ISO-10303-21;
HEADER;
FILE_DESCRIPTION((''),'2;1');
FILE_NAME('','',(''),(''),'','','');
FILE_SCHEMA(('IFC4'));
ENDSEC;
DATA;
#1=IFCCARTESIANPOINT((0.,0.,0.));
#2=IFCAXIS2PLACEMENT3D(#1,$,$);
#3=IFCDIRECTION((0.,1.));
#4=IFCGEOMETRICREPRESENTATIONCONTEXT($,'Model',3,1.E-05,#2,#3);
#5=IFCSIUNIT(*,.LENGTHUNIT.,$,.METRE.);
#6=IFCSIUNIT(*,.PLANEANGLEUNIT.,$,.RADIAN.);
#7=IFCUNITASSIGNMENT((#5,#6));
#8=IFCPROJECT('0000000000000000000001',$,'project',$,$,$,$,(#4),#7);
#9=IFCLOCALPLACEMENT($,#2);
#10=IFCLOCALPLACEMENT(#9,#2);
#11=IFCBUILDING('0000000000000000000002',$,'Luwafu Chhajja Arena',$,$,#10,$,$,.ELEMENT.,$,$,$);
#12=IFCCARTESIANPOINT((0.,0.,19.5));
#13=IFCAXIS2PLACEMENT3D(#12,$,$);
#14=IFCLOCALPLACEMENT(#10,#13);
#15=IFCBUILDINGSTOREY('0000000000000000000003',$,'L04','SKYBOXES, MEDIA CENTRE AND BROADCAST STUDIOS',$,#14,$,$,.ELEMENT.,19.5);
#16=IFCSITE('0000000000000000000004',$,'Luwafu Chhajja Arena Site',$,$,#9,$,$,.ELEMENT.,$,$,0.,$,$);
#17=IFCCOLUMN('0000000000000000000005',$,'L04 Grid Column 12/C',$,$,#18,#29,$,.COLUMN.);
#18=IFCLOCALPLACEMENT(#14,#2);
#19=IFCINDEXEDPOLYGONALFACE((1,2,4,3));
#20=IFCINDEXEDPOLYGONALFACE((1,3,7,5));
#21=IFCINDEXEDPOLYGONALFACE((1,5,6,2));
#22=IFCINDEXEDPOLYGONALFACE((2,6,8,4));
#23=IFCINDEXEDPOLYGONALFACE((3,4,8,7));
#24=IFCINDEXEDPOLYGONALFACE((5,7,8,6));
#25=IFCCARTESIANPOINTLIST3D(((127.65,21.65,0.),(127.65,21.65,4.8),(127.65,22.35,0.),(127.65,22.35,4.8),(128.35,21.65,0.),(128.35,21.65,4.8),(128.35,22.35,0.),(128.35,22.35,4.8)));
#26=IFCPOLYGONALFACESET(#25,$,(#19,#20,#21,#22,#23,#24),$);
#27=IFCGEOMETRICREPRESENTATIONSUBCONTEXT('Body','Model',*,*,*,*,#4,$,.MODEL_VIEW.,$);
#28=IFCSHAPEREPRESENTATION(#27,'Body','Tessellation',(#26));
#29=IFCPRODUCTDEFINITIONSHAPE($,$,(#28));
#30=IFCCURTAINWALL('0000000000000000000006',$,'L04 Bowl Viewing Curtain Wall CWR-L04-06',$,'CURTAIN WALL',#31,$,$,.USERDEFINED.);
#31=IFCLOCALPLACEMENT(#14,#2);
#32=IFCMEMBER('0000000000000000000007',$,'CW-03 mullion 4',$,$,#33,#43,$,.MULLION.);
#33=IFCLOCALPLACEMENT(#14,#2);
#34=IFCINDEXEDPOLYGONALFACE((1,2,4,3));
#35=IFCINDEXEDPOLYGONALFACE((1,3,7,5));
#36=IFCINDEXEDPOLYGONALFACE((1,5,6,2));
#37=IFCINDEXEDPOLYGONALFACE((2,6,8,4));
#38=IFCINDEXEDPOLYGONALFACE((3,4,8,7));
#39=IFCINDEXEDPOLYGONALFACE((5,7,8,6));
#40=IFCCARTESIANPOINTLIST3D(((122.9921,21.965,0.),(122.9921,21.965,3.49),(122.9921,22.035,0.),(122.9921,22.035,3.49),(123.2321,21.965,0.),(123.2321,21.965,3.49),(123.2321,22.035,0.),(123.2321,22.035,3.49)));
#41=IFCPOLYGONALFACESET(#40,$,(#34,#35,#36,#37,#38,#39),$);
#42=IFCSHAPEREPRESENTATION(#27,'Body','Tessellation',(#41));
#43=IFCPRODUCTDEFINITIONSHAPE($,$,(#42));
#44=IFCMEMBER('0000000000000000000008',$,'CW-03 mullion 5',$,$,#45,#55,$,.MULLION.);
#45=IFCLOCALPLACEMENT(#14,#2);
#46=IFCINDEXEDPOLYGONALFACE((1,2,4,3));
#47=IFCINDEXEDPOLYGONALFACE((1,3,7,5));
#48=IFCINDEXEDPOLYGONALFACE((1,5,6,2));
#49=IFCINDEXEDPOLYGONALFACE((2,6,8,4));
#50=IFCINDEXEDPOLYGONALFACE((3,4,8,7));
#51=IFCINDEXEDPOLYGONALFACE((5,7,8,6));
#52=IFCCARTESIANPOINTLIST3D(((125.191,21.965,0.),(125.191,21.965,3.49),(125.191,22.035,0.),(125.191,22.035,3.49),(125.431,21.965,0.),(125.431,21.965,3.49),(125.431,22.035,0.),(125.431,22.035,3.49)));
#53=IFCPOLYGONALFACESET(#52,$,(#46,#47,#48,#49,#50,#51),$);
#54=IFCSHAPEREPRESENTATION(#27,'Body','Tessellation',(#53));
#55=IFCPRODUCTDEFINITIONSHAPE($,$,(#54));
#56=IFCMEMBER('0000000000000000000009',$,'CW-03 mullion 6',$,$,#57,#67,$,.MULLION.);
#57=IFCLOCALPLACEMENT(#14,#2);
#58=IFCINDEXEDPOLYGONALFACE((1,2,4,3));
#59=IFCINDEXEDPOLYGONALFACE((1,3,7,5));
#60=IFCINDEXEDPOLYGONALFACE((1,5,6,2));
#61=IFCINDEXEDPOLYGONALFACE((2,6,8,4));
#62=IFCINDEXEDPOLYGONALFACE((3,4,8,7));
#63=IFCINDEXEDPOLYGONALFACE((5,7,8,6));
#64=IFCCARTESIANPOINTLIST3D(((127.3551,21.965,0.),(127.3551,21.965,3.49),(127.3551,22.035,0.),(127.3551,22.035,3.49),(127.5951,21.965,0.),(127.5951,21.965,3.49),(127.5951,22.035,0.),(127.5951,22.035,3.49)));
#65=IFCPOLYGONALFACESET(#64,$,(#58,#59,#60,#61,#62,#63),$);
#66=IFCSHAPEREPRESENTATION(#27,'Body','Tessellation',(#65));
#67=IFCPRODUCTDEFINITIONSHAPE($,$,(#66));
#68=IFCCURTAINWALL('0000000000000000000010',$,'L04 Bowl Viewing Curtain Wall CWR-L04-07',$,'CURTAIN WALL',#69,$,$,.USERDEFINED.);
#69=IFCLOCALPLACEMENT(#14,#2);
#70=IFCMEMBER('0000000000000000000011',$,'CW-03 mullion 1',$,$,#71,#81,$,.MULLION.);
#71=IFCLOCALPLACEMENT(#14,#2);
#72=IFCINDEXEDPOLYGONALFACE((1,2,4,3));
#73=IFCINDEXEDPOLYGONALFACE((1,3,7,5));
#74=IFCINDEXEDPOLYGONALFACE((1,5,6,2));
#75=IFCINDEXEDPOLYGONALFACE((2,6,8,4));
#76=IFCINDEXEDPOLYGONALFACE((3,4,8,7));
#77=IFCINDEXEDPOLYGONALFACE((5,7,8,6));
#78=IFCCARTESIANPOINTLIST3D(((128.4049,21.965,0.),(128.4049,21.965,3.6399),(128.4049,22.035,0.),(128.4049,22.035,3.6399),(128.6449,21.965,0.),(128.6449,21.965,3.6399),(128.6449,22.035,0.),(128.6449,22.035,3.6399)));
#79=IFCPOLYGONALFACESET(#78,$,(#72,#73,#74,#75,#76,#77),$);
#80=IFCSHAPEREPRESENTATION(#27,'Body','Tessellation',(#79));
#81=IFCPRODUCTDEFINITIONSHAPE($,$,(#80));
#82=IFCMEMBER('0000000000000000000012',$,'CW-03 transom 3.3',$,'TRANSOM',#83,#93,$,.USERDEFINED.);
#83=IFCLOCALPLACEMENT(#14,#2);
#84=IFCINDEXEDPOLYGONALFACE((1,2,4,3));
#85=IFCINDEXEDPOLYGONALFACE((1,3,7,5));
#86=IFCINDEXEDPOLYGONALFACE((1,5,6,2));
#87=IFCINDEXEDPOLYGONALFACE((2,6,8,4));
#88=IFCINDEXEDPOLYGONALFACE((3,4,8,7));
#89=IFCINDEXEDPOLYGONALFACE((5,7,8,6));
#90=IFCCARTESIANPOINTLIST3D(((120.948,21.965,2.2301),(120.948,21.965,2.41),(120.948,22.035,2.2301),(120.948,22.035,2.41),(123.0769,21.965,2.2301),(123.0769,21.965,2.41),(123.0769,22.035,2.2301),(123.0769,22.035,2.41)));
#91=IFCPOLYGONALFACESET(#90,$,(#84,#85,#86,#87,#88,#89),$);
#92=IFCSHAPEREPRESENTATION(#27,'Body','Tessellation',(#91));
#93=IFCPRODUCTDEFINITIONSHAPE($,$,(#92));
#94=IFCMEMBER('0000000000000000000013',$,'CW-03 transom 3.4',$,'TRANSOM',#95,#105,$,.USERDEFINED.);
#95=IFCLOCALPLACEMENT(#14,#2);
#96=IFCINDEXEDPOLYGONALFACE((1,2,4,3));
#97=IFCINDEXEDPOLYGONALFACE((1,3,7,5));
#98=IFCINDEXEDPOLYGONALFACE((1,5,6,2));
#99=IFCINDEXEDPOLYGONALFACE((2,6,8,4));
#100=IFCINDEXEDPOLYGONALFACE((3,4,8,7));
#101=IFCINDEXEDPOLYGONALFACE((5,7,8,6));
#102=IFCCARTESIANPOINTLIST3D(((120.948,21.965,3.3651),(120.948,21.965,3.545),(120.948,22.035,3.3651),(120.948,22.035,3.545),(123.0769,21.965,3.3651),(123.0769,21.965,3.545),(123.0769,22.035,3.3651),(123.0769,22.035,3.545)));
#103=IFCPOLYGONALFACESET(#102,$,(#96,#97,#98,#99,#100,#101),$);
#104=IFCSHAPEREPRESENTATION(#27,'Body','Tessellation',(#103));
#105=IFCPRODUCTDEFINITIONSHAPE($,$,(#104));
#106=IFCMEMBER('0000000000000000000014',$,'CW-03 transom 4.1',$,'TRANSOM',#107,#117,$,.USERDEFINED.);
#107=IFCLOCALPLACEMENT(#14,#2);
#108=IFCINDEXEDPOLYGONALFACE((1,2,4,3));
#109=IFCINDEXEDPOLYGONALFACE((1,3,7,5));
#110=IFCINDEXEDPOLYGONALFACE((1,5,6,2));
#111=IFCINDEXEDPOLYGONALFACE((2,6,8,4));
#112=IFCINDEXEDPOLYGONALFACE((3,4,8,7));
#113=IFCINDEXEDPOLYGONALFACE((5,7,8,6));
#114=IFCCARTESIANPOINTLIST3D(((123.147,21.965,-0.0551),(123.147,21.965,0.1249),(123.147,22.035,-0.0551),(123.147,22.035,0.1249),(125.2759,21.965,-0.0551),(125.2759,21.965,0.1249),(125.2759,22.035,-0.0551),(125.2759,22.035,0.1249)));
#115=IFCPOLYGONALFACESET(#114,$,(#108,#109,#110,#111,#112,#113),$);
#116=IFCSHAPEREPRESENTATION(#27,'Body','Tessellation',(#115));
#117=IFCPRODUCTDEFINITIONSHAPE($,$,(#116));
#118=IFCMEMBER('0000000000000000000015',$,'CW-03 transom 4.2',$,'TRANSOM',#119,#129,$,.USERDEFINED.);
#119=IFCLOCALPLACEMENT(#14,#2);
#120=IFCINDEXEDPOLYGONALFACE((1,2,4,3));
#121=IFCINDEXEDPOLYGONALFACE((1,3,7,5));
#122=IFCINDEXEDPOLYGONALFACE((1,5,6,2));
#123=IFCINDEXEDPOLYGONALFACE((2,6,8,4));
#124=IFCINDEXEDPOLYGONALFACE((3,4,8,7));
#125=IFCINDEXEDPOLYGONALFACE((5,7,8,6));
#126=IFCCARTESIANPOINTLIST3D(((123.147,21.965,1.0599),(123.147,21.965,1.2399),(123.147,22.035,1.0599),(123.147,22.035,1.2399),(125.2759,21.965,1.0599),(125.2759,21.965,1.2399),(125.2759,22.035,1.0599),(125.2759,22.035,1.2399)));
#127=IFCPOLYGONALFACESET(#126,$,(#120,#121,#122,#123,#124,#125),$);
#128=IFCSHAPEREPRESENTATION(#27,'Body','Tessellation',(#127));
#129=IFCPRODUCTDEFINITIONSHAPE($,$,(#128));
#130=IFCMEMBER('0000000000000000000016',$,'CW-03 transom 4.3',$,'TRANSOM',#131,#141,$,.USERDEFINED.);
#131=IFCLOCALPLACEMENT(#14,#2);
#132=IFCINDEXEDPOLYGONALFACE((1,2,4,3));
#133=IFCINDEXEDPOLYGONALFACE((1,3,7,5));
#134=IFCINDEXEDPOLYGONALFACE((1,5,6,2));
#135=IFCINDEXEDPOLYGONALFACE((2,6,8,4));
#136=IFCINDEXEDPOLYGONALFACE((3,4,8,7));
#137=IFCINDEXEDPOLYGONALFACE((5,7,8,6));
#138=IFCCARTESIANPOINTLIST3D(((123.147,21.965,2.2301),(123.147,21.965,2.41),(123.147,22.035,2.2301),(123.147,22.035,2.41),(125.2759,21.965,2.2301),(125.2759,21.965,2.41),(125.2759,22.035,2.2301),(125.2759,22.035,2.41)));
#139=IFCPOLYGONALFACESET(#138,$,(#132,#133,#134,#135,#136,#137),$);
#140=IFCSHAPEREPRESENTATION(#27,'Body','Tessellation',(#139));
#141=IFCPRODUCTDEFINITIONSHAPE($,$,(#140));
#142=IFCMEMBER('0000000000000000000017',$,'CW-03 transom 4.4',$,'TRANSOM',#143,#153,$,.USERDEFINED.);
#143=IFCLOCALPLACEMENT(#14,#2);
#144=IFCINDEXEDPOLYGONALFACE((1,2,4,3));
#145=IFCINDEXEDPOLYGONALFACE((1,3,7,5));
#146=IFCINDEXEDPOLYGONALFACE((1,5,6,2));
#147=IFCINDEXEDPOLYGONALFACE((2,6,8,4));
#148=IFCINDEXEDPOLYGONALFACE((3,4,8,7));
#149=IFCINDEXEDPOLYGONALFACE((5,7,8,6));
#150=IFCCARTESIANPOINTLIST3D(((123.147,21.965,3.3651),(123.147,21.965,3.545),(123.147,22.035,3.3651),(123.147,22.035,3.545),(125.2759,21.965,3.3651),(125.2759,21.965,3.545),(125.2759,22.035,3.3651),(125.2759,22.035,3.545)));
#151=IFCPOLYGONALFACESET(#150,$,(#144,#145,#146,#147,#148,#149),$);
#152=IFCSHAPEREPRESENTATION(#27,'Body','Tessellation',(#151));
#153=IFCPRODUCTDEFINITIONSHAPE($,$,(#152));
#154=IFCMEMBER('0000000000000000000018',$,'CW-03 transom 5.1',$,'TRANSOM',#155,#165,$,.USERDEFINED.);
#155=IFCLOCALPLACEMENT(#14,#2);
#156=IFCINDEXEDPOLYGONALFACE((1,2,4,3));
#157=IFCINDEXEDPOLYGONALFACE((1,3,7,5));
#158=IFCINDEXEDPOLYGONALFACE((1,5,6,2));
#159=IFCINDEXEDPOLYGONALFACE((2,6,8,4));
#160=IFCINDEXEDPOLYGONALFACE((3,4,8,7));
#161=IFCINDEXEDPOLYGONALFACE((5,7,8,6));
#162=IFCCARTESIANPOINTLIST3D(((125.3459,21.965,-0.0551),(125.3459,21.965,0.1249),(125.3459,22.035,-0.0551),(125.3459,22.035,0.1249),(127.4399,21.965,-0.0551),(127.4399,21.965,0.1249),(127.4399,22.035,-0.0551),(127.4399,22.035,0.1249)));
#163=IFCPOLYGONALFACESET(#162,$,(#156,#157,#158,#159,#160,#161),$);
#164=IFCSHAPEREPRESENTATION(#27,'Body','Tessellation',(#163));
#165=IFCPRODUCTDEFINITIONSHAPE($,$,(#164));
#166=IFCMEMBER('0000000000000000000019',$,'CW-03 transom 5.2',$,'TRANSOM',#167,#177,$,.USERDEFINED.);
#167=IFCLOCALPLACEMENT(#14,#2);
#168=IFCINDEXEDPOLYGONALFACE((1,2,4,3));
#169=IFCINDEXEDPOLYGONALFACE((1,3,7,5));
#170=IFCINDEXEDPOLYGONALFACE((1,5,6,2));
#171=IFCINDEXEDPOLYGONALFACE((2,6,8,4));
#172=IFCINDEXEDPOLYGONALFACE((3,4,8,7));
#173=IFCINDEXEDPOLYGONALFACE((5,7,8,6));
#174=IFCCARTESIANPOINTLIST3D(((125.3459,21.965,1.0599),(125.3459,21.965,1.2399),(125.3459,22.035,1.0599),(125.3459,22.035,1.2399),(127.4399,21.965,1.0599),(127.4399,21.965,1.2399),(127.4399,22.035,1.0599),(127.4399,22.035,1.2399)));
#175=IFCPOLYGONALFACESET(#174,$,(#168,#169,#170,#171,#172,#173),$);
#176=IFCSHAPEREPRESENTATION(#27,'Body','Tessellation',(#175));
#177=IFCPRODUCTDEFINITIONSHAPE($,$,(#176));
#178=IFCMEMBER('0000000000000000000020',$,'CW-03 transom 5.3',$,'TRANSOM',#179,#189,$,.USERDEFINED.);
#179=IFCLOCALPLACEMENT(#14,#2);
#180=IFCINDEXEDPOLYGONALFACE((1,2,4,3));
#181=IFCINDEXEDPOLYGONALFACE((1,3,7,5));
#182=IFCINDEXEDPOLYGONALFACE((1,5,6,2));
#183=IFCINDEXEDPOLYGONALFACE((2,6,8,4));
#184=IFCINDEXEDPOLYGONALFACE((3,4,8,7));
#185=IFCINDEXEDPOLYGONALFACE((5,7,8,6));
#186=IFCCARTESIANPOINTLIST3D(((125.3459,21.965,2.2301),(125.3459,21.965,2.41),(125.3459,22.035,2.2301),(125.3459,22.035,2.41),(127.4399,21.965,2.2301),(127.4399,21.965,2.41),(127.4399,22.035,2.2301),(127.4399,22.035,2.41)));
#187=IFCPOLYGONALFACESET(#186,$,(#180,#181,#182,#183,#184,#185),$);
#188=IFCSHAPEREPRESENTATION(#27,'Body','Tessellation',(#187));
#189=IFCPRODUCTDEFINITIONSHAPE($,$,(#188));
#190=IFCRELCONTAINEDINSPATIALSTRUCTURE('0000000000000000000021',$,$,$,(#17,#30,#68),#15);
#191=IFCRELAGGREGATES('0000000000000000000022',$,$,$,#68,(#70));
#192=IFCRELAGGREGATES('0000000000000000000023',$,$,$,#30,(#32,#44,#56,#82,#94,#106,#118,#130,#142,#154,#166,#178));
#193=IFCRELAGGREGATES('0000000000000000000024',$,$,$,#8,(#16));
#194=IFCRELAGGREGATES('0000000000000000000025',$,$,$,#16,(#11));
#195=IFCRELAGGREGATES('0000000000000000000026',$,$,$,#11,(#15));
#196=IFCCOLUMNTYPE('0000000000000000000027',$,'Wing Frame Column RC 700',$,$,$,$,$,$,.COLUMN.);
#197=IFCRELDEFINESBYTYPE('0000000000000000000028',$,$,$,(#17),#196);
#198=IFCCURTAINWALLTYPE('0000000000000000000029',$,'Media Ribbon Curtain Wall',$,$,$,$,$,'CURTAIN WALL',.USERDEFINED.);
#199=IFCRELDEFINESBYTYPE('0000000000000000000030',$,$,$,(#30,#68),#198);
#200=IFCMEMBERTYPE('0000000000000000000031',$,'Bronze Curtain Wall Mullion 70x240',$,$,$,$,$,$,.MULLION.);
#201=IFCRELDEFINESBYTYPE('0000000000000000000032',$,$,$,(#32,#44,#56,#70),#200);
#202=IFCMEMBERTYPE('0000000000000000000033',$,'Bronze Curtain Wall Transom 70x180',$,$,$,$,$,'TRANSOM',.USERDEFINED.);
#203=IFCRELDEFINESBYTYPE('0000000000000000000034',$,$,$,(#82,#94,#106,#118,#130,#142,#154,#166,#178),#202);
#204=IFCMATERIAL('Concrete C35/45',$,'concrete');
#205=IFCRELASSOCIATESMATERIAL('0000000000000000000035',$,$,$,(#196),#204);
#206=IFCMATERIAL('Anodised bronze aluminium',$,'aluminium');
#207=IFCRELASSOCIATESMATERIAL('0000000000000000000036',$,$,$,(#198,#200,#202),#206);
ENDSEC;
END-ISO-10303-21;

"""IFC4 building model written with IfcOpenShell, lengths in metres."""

from ifc_helpers import new_model, si_unit, direction, frame, origin, origin_2d, place, context, subcontext, project, spatial, rectangle, extrude, material, material_profile, profile_set, type_object, element, aggregate, save


model = new_model("IFC4")

# Units and contexts
model_context = context("Model", 3, precision=1e-05, world=origin(), true_north=direction((0.0, 1.0)))
body_context = subcontext(model_context, "Body", "Model", "MODEL_VIEW")
ifc_project = project(units=[si_unit("LENGTHUNIT", "METRE"), si_unit("PLANEANGLEUNIT", "RADIAN")], contexts=[model_context])

# Site, building, storey
site_placement = place(None, origin())
site = spatial("IfcSite", under=ifc_project, at=site_placement, Name="Luwafu Chhajja Arena Site", CompositionType="ELEMENT", RefElevation=0.0)
building_placement = place(site_placement, origin())
building = spatial("IfcBuilding", under=site, at=building_placement, Name="Luwafu Chhajja Arena", CompositionType="ELEMENT")
storey_placement = place(building_placement, frame((0.0, 0.0, 19.5)))
storey = spatial("IfcBuildingStorey", under=building, at=storey_placement, Name="L04", Description="SKYBOXES, MEDIA CENTRE AND BROADCAST STUDIOS", CompositionType="ELEMENT", Elevation=19.5)

# Column
ifc_material_1 = material(Name="Concrete C35/45", Category="concrete")
ifc_material_profile_1 = material_profile(ifc_material_1, rectangle(XDim=0.7, YDim=0.7, at=origin_2d()), Name="RC 700x700")
ifc_profile_set_1 = profile_set([ifc_material_profile_1], Name="Concrete C35/45")
column_type = type_object("IfcColumnType", Name="Wing Frame Column RC 700", PredefinedType="COLUMN", material=ifc_profile_set_1)
column_placement = place(storey_placement, frame((128.0, 22.0, 0.0), z_axis=(0.0, 0.0, 1.0), x_axis=(1.0, 0.0, 0.0)))
element("IfcColumn", 1, at=column_placement, inside=storey, type_object=column_type, Name="L04 Grid Column 12/C", PredefinedType="COLUMN", context=body_context, shape_type="SweptSolid", body=[
    extrude(rectangle(XDim=0.7, YDim=0.7, at=origin_2d()), origin(), (0.0, 0.0, 1.0), 4.8),
])

# Curtain wall, members
ifc_material_2 = material(Name="Anodised bronze aluminium", Category="aluminium")
curtain_wall_type = type_object("IfcCurtainWallType", Name="Media Ribbon Curtain Wall", ElementType="CURTAIN WALL", PredefinedType="USERDEFINED", material=ifc_material_2)
curtain_wall_1_placement = place(storey_placement, origin())
curtain_wall_1 = element("IfcCurtainWall", 2, at=curtain_wall_1_placement, inside=storey, type_object=curtain_wall_type, Name="L04 Bowl Viewing Curtain Wall CWR-L04-06", ObjectType="CURTAIN WALL", PredefinedType="USERDEFINED")
ifc_material_profile_2 = material_profile(ifc_material_2, rectangle(XDim=0.0701, YDim=0.24, at=origin_2d()), Name="CWM 70x240")
ifc_profile_set_2 = profile_set([ifc_material_profile_2], Name="Anodised bronze aluminium")
member_type_1 = type_object("IfcMemberType", Name="Bronze Curtain Wall Mullion 70x240", PredefinedType="MULLION", material=ifc_profile_set_2)
member_1_placement = place(storey_placement, frame((123.1121, 22.0, 0.0), z_axis=(0.0, 0.0, 1.0), x_axis=(0.0, 1.0, 0.0)))
member_1 = element("IfcMember", 3, at=member_1_placement, type_object=member_type_1, Name="CW-03 mullion 4", PredefinedType="MULLION", context=body_context, shape_type="SweptSolid", body=[
    extrude(rectangle(XDim=0.0701, YDim=0.24, at=origin_2d()), origin(), (0.0, 0.0, 1.0), 3.49),
])
member_2_placement = place(storey_placement, frame((125.311, 22.0, 0.0), z_axis=(0.0, 0.0, 1.0), x_axis=(0.0, 1.0, 0.0)))
member_2 = element("IfcMember", 4, at=member_2_placement, type_object=member_type_1, Name="CW-03 mullion 5", PredefinedType="MULLION", context=body_context, shape_type="SweptSolid", body=[
    extrude(rectangle(XDim=0.0701, YDim=0.24, at=origin_2d()), origin(), (0.0, 0.0, 1.0), 3.49),
])
member_3_placement = place(storey_placement, frame((127.4751, 22.0, 0.0), z_axis=(0.0, 0.0, 1.0), x_axis=(0.0, 1.0, 0.0)))
member_3 = element("IfcMember", 5, at=member_3_placement, type_object=member_type_1, Name="CW-03 mullion 6", PredefinedType="MULLION", context=body_context, shape_type="SweptSolid", body=[
    extrude(rectangle(XDim=0.0701, YDim=0.24, at=origin_2d()), origin(), (0.0, 0.0, 1.0), 3.49),
])

# Curtain wall, member
curtain_wall_2_placement = place(storey_placement, origin())
curtain_wall_2 = element("IfcCurtainWall", 6, at=curtain_wall_2_placement, inside=storey, type_object=curtain_wall_type, Name="L04 Bowl Viewing Curtain Wall CWR-L04-07", ObjectType="CURTAIN WALL", PredefinedType="USERDEFINED")
member_4_placement = place(storey_placement, frame((128.5249, 22.0, 0.0), z_axis=(0.0, 0.0, 1.0), x_axis=(0.0, 1.0, 0.0)))
member_4 = element("IfcMember", 7, at=member_4_placement, type_object=member_type_1, Name="CW-03 mullion 1", PredefinedType="MULLION", context=body_context, shape_type="SweptSolid", body=[
    extrude(rectangle(XDim=0.0701, YDim=0.24, at=origin_2d()), origin(), (0.0, 0.0, 1.0), 3.6399),
])

# Members
ifc_material_profile_3 = material_profile(ifc_material_2, rectangle(XDim=0.0701, YDim=0.1799, at=origin_2d()), Name="CWT 70x180")
ifc_profile_set_3 = profile_set([ifc_material_profile_3], Name="Anodised bronze aluminium")
member_type_2 = type_object("IfcMemberType", Name="Bronze Curtain Wall Transom 70x180", ElementType="TRANSOM", PredefinedType="USERDEFINED", material=ifc_profile_set_3)
member_5_placement = place(storey_placement, frame((120.948, 22.0, 2.3201), z_axis=(1.0, 0.0, 0.0), x_axis=(0.0, 1.0, 0.0)))
member_5 = element("IfcMember", 8, at=member_5_placement, type_object=member_type_2, Name="CW-03 transom 3.3", ObjectType="TRANSOM", PredefinedType="USERDEFINED", context=body_context, shape_type="SweptSolid", body=[
    extrude(rectangle(XDim=0.0701, YDim=0.1799, at=origin_2d()), origin(), (0.0, 0.0, 1.0), 2.1289),
])
member_6_placement = place(storey_placement, frame((120.948, 22.0, 3.4551), z_axis=(1.0, 0.0, 0.0), x_axis=(0.0, 1.0, 0.0)))
member_6 = element("IfcMember", 9, at=member_6_placement, type_object=member_type_2, Name="CW-03 transom 3.4", ObjectType="TRANSOM", PredefinedType="USERDEFINED", context=body_context, shape_type="SweptSolid", body=[
    extrude(rectangle(XDim=0.0701, YDim=0.1799, at=origin_2d()), origin(), (0.0, 0.0, 1.0), 2.1289),
])
member_7_placement = place(storey_placement, frame((123.147, 22.0, 0.0349), z_axis=(1.0, 0.0, 0.0), x_axis=(0.0, 1.0, 0.0)))
member_7 = element("IfcMember", 10, at=member_7_placement, type_object=member_type_2, Name="CW-03 transom 4.1", ObjectType="TRANSOM", PredefinedType="USERDEFINED", context=body_context, shape_type="SweptSolid", body=[
    extrude(rectangle(XDim=0.0701, YDim=0.1799, at=origin_2d()), origin(), (0.0, 0.0, 1.0), 2.1289),
])
member_8_placement = place(storey_placement, frame((123.147, 22.0, 1.1499), z_axis=(1.0, 0.0, 0.0), x_axis=(0.0, 1.0, 0.0)))
member_8 = element("IfcMember", 11, at=member_8_placement, type_object=member_type_2, Name="CW-03 transom 4.2", ObjectType="TRANSOM", PredefinedType="USERDEFINED", context=body_context, shape_type="SweptSolid", body=[
    extrude(rectangle(XDim=0.0701, YDim=0.1799, at=origin_2d()), origin(), (0.0, 0.0, 1.0), 2.1289),
])
member_9_placement = place(storey_placement, frame((123.147, 22.0, 2.3201), z_axis=(1.0, 0.0, 0.0), x_axis=(0.0, 1.0, 0.0)))
member_9 = element("IfcMember", 12, at=member_9_placement, type_object=member_type_2, Name="CW-03 transom 4.3", ObjectType="TRANSOM", PredefinedType="USERDEFINED", context=body_context, shape_type="SweptSolid", body=[
    extrude(rectangle(XDim=0.0701, YDim=0.1799, at=origin_2d()), origin(), (0.0, 0.0, 1.0), 2.1289),
])
member_10_placement = place(storey_placement, frame((123.147, 22.0, 3.4551), z_axis=(1.0, 0.0, 0.0), x_axis=(0.0, 1.0, 0.0)))
member_10 = element("IfcMember", 13, at=member_10_placement, type_object=member_type_2, Name="CW-03 transom 4.4", ObjectType="TRANSOM", PredefinedType="USERDEFINED", context=body_context, shape_type="SweptSolid", body=[
    extrude(rectangle(XDim=0.0701, YDim=0.1799, at=origin_2d()), origin(), (0.0, 0.0, 1.0), 2.1289),
])
member_11_placement = place(storey_placement, frame((125.3459, 22.0, 0.0349), z_axis=(1.0, 0.0, 0.0), x_axis=(0.0, 1.0, 0.0)))
member_11 = element("IfcMember", 14, at=member_11_placement, type_object=member_type_2, Name="CW-03 transom 5.1", ObjectType="TRANSOM", PredefinedType="USERDEFINED", context=body_context, shape_type="SweptSolid", body=[
    extrude(rectangle(XDim=0.0701, YDim=0.1799, at=origin_2d()), origin(), (0.0, 0.0, 1.0), 2.094),
])
member_12_placement = place(storey_placement, frame((125.3459, 22.0, 1.1499), z_axis=(1.0, 0.0, 0.0), x_axis=(0.0, 1.0, 0.0)))
member_12 = element("IfcMember", 15, at=member_12_placement, type_object=member_type_2, Name="CW-03 transom 5.2", ObjectType="TRANSOM", PredefinedType="USERDEFINED", context=body_context, shape_type="SweptSolid", body=[
    extrude(rectangle(XDim=0.0701, YDim=0.1799, at=origin_2d()), origin(), (0.0, 0.0, 1.0), 2.094),
])
member_13_placement = place(storey_placement, frame((125.3459, 22.0, 2.3201), z_axis=(1.0, 0.0, 0.0), x_axis=(0.0, 1.0, 0.0)))
member_13 = element("IfcMember", 16, at=member_13_placement, type_object=member_type_2, Name="CW-03 transom 5.3", ObjectType="TRANSOM", PredefinedType="USERDEFINED", context=body_context, shape_type="SweptSolid", body=[
    extrude(rectangle(XDim=0.0701, YDim=0.1799, at=origin_2d()), origin(), (0.0, 0.0, 1.0), 2.094),
])
aggregate(curtain_wall_2, [member_4])

aggregate(curtain_wall_1, [member_1, member_2, member_3, member_5, member_6, member_7, member_8, member_9, member_10, member_11, member_12, member_13])

save(model, "model.ifc")
